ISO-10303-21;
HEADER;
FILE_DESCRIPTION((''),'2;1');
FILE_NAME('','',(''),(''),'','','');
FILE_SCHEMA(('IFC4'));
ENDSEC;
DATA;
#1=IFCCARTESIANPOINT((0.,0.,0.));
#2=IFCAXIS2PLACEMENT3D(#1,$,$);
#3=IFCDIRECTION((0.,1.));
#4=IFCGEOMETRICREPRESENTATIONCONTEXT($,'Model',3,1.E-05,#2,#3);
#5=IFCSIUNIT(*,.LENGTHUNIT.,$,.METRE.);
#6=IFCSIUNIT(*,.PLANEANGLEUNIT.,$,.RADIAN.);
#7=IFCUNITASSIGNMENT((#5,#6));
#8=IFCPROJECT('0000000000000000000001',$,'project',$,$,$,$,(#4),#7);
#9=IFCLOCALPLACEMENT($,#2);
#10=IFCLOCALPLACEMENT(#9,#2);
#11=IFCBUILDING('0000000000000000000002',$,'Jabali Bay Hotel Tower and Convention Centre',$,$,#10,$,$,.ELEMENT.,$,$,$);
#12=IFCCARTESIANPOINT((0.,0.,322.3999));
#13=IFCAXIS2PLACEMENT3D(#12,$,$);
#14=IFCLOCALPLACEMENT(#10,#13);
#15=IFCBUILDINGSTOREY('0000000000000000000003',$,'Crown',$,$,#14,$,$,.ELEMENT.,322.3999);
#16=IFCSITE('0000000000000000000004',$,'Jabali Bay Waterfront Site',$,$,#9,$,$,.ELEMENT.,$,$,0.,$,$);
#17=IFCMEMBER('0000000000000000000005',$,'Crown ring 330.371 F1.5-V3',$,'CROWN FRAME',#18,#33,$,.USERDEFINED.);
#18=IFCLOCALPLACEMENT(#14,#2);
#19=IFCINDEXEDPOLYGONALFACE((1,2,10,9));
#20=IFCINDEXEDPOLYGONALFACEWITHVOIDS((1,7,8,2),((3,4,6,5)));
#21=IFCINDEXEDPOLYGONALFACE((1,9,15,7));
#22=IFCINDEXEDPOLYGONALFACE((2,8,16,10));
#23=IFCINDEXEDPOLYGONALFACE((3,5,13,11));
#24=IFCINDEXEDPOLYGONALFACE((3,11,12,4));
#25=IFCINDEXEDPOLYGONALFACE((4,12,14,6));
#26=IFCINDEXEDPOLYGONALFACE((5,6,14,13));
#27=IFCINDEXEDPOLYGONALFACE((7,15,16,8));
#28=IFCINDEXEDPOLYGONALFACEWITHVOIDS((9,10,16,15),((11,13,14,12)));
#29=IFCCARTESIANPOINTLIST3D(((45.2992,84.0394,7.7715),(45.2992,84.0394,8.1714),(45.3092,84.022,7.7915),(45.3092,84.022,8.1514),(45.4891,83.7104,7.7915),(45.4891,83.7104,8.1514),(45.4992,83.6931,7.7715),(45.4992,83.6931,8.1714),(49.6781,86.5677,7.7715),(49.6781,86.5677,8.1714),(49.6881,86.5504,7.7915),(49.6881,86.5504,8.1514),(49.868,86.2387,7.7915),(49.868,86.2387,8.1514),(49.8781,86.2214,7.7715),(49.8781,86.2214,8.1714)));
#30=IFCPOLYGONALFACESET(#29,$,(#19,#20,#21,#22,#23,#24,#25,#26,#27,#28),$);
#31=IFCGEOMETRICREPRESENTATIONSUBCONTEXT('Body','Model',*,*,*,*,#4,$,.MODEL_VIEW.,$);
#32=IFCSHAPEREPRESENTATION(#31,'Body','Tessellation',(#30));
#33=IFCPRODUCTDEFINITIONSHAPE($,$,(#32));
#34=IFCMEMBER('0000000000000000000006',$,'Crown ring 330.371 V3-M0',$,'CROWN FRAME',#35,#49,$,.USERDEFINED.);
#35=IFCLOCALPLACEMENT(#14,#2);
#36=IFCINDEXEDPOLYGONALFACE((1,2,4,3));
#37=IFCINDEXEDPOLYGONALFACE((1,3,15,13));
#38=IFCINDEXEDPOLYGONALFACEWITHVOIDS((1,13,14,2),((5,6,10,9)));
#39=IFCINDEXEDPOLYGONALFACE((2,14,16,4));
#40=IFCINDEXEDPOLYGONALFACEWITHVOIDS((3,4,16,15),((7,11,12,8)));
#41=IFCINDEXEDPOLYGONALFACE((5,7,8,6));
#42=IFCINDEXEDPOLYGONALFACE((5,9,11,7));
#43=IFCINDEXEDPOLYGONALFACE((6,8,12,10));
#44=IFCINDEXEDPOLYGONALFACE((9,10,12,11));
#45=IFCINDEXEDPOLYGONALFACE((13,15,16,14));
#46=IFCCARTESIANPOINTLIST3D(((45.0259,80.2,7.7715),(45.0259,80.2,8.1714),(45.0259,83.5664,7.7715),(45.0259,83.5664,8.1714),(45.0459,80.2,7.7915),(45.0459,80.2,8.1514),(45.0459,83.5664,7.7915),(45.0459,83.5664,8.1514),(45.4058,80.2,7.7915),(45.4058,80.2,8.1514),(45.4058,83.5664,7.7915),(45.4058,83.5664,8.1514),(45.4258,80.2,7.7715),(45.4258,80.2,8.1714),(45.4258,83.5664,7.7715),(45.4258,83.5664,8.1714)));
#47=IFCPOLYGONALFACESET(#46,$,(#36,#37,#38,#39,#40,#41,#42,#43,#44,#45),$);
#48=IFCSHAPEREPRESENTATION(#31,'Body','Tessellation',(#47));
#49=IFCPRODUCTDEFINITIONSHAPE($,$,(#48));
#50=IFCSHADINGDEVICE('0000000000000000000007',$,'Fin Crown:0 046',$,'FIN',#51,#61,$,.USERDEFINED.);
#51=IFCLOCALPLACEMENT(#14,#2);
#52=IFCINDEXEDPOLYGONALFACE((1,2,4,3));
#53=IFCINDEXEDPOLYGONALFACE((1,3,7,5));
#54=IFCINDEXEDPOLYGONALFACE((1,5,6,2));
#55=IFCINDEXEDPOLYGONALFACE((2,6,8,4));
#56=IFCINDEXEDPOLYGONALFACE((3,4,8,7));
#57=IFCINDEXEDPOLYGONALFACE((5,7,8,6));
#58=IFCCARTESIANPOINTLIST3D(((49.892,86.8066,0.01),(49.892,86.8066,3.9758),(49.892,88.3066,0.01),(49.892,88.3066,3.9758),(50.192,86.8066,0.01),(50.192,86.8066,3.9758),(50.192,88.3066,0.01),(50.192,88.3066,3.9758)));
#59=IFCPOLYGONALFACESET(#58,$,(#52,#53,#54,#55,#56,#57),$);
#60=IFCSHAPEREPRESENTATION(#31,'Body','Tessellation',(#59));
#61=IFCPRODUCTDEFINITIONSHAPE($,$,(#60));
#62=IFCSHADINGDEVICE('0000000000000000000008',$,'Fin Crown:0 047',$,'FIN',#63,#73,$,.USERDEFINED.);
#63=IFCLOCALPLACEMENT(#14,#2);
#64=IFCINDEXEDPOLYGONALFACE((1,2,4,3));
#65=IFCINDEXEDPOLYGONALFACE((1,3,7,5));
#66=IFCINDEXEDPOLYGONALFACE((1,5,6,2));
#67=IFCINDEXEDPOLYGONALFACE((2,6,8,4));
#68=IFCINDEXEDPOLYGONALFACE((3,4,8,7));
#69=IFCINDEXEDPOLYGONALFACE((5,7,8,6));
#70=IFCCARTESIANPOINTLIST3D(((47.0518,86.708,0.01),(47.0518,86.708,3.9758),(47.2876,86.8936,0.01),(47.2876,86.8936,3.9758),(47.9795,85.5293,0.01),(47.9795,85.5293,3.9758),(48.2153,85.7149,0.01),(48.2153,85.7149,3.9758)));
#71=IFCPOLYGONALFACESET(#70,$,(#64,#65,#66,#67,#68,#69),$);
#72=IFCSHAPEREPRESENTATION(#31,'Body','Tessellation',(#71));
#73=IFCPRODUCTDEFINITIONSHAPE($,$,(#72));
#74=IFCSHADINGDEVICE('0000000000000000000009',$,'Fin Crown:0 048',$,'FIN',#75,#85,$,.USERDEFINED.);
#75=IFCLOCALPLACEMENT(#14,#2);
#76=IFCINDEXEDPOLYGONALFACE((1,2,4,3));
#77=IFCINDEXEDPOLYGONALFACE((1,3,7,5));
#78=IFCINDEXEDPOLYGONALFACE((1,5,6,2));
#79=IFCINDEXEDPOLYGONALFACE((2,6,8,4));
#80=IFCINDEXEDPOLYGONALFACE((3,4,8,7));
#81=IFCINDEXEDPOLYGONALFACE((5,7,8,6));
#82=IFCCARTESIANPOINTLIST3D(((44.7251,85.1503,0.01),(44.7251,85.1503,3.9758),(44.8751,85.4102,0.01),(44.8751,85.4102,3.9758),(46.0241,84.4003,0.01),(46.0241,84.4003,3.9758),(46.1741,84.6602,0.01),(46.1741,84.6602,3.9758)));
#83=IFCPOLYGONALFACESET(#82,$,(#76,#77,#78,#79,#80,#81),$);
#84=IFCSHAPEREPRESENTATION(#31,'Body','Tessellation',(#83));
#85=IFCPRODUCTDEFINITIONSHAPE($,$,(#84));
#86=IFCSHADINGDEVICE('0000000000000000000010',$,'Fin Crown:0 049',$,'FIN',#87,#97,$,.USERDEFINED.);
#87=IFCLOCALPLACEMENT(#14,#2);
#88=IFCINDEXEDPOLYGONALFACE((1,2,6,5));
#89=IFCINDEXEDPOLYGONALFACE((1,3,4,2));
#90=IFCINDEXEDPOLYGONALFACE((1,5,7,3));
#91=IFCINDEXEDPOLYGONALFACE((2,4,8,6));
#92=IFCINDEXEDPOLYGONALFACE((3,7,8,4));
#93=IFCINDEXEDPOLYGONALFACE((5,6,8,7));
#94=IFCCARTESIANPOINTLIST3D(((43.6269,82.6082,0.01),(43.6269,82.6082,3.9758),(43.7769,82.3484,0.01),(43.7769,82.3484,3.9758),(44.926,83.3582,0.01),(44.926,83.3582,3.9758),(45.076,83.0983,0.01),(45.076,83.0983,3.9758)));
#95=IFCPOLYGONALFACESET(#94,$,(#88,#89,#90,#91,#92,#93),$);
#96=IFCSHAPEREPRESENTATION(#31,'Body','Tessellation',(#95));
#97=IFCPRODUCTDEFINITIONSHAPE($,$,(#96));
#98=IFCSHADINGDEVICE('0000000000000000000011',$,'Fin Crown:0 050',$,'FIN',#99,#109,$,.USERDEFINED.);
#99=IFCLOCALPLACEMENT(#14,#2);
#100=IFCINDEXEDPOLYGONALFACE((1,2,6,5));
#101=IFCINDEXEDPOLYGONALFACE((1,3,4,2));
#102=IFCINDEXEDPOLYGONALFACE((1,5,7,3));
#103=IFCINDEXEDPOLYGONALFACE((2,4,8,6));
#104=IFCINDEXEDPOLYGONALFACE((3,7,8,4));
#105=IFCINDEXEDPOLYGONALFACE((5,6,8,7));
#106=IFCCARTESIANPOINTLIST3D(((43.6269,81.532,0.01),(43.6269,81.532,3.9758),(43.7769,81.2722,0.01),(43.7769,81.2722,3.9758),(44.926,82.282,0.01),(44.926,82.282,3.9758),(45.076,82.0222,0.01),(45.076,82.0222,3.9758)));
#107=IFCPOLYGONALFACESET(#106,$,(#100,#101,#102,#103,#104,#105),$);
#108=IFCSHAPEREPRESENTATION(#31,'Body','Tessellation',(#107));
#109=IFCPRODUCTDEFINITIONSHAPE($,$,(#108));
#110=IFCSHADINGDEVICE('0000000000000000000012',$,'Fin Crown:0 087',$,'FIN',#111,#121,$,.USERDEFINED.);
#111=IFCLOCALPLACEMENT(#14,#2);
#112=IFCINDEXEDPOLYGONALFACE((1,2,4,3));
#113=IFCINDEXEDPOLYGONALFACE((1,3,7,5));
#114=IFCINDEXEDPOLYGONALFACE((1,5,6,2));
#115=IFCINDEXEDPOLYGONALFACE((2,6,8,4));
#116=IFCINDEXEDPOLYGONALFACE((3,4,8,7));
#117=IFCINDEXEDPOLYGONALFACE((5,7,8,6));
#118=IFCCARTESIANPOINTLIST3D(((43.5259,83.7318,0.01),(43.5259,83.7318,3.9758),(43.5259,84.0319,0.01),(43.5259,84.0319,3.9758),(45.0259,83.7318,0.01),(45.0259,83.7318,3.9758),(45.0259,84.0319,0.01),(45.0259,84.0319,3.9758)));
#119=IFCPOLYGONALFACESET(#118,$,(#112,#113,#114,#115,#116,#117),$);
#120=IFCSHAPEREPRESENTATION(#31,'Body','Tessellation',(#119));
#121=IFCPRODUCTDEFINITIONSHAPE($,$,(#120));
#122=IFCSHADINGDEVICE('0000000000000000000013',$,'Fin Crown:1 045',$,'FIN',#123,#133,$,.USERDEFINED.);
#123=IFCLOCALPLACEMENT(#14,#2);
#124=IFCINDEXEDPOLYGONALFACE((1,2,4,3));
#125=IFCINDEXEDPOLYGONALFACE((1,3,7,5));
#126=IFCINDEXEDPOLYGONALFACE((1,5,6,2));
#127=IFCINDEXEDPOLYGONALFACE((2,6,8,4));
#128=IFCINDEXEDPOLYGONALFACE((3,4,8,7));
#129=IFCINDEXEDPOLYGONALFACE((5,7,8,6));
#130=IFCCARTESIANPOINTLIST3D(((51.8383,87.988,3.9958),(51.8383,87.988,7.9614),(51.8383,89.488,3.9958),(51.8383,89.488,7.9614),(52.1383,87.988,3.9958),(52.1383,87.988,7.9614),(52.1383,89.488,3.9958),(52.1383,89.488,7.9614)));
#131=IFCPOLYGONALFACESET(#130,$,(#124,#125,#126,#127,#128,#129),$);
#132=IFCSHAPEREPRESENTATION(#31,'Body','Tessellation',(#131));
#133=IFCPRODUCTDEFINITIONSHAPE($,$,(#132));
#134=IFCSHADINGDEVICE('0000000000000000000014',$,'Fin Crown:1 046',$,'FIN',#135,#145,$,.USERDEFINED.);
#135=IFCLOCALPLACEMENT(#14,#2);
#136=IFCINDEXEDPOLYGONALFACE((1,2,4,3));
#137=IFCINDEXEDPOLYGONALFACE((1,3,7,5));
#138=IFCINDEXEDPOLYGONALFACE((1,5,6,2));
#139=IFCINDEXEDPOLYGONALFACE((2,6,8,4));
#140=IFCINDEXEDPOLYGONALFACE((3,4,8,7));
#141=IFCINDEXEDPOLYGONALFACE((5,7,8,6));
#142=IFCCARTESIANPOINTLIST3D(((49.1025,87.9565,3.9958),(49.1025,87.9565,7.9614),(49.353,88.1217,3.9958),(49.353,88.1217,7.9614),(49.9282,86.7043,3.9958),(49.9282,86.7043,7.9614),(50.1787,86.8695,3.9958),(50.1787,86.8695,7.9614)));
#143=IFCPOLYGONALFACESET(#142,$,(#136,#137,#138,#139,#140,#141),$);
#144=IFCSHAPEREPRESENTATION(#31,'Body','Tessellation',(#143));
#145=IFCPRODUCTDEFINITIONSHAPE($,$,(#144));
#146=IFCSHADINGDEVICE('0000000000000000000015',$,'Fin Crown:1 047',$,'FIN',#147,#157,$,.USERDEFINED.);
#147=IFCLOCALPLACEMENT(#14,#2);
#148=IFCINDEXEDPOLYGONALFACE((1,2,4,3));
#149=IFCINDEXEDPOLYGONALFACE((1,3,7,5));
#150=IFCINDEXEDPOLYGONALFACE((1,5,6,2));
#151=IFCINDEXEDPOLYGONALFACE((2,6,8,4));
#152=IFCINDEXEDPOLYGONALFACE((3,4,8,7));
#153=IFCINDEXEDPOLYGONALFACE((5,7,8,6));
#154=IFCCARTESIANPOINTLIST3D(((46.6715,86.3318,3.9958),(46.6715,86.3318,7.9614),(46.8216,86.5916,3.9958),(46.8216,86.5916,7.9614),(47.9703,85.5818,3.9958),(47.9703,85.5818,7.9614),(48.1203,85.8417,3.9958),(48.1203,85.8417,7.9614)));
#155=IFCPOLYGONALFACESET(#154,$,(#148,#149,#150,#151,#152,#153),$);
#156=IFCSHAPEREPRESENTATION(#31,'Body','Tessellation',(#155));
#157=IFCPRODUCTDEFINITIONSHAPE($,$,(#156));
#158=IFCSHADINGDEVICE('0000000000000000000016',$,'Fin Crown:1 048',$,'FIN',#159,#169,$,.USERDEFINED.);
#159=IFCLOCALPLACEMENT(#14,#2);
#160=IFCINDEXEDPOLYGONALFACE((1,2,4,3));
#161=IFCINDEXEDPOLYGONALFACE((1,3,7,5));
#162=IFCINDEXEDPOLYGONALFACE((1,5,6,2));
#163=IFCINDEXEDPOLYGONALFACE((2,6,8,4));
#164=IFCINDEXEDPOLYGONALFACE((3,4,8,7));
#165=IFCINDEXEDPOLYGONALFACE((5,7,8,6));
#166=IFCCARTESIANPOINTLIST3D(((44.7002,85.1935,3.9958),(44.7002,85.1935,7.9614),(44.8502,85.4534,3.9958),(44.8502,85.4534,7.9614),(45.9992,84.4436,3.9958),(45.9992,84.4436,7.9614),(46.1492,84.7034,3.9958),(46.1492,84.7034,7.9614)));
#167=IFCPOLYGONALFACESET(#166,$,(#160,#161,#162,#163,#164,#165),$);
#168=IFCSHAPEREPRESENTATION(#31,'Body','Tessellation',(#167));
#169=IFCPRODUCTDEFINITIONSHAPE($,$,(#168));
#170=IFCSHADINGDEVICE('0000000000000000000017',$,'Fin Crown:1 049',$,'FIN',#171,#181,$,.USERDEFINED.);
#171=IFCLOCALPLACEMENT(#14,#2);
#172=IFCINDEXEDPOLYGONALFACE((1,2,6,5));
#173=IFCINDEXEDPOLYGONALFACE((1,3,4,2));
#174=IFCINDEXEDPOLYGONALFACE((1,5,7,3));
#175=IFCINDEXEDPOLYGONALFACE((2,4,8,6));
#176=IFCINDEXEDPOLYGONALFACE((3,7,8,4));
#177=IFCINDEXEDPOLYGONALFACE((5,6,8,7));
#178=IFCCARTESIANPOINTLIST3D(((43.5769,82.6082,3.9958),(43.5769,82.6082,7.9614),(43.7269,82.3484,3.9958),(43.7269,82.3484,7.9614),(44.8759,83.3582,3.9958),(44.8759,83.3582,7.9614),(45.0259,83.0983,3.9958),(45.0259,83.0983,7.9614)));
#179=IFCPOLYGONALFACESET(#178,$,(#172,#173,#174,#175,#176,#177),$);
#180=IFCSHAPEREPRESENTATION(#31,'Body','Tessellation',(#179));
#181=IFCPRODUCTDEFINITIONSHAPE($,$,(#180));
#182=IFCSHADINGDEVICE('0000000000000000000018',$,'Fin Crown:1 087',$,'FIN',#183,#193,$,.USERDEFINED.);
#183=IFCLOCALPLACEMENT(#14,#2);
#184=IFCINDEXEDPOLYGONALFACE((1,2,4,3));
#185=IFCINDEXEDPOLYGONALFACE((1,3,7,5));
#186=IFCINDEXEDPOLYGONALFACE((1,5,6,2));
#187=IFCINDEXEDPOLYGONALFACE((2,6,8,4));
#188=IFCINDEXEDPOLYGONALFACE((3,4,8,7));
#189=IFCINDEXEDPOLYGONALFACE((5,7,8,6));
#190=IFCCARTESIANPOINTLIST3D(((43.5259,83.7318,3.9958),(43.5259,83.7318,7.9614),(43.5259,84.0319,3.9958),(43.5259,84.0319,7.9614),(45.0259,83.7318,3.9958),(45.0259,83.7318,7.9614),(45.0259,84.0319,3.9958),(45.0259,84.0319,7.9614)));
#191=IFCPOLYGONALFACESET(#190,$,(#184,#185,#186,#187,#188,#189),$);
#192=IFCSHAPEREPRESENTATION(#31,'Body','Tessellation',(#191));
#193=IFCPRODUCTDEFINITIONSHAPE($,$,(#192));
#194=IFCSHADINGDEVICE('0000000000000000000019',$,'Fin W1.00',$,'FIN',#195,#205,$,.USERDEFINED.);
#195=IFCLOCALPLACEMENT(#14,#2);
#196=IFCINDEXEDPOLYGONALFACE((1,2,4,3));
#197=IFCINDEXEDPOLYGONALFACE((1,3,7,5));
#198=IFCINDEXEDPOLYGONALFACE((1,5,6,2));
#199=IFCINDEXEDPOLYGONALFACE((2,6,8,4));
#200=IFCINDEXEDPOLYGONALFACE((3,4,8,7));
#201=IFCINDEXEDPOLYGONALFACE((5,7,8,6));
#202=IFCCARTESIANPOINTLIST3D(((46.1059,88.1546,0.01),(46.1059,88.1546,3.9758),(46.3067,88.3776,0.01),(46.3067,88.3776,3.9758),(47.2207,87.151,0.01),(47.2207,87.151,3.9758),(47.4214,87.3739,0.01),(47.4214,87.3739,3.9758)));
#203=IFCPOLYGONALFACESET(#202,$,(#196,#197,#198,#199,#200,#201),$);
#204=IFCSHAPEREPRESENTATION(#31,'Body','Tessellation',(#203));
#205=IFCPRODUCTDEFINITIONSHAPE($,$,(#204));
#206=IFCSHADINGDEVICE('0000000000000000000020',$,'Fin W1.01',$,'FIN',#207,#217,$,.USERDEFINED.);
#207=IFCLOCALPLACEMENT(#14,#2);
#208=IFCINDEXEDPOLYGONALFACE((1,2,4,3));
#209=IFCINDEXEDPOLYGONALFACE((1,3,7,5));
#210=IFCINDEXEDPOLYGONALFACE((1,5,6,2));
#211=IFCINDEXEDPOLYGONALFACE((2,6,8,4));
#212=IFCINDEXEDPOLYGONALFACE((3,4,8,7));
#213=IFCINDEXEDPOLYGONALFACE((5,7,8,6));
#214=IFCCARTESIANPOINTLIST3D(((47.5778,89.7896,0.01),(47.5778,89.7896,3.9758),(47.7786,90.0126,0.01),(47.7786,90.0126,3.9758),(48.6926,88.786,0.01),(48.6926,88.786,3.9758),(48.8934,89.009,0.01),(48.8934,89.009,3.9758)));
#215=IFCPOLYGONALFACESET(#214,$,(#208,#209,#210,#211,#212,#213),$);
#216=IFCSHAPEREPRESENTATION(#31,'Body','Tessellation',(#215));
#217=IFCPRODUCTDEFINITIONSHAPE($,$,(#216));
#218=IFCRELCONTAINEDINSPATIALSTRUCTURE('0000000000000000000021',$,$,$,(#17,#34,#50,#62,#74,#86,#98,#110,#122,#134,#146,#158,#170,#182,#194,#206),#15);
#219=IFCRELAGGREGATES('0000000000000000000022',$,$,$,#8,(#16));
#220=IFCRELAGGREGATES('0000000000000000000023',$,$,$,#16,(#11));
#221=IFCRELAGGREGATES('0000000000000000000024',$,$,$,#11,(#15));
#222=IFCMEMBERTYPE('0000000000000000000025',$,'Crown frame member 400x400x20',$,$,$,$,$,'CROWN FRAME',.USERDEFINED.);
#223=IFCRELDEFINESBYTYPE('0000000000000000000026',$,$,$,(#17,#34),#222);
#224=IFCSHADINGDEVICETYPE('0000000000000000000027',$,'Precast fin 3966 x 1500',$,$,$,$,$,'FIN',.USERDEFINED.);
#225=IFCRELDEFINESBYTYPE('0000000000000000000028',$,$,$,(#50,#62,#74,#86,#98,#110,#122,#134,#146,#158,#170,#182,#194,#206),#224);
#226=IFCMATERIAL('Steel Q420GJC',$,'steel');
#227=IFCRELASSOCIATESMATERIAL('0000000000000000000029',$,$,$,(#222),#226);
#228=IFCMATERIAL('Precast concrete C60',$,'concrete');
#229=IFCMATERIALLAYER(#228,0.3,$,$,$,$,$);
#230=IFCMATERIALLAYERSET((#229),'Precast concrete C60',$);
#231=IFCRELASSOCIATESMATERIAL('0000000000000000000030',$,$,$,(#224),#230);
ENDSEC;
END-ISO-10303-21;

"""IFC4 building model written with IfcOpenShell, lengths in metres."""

from ifc_helpers import new_model, si_unit, direction, frame, frame_2d, origin, origin_2d, place, context, subcontext, project, spatial, rectangle, hollow_rectangle, extrude, material, layer, layer_set, material_profile, profile_set, type_object, element, save


model = new_model("IFC4")

# Units and contexts
model_context = context("Model", 3, precision=1e-05, world=origin(), true_north=direction((0.0, 1.0)))
body_context = subcontext(model_context, "Body", "Model", "MODEL_VIEW")
ifc_project = project(units=[si_unit("LENGTHUNIT", "METRE"), si_unit("PLANEANGLEUNIT", "RADIAN")], contexts=[model_context])

# Site, building, storey
site_placement = place(None, origin())
site = spatial("IfcSite", under=ifc_project, at=site_placement, Name="Jabali Bay Waterfront Site", CompositionType="ELEMENT", RefElevation=0.0)
building_placement = place(site_placement, origin())
building = spatial("IfcBuilding", under=site, at=building_placement, Name="Jabali Bay Hotel Tower and Convention Centre", CompositionType="ELEMENT")
storey_placement = place(building_placement, frame((0.0, 0.0, 322.3999)))
storey = spatial("IfcBuildingStorey", under=building, at=storey_placement, Name="Crown", CompositionType="ELEMENT", Elevation=322.3999)

# Members
ifc_material_1 = material(Name="Steel Q420GJC", Category="steel")
ifc_material_profile_1 = material_profile(ifc_material_1, hollow_rectangle(XDim=0.3999, YDim=0.3999, WallThickness=0.02, at=origin_2d()), Name="Crown frame member 400x400x20")
ifc_profile_set_1 = profile_set([ifc_material_profile_1], Name="Steel Q420GJC")
member_type_1 = type_object("IfcMemberType", Name="Crown frame member 400x400x20", ElementType="CROWN FRAME", PredefinedType="USERDEFINED", material=ifc_profile_set_1)
member_1_placement = place(storey_placement, frame((49.7781, 86.3945, 7.9714), z_axis=(-0.866012, -0.500023, 0.0), x_axis=(0.500023, -0.866012, 0.0)))
element("IfcMember", 1, at=member_1_placement, inside=storey, type_object=member_type_1, Name="Crown ring 330.371 F1.5-V3", ObjectType="CROWN FRAME", PredefinedType="USERDEFINED", context=body_context, shape_type="SweptSolid", body=[
    extrude(hollow_rectangle(XDim=0.3999, YDim=0.3999, WallThickness=0.02, at=origin_2d()), origin(), (0.0, 0.0, 1.0), 5.0564),
])
member_2_placement = place(storey_placement, frame((45.2258, 83.5664, 7.9714), z_axis=(0.0, -1.0, 0.0), x_axis=(1.0, 0.0, 0.0)))
element("IfcMember", 2, at=member_2_placement, inside=storey, type_object=member_type_1, Name="Crown ring 330.371 V3-M0", ObjectType="CROWN FRAME", PredefinedType="USERDEFINED", context=body_context, shape_type="SweptSolid", body=[
    extrude(hollow_rectangle(XDim=0.3999, YDim=0.3999, WallThickness=0.02, at=origin_2d()), origin(), (0.0, 0.0, 1.0), 3.3665),
])

# Shading devices
ifc_material_2 = material(Name="Precast concrete C60", Category="concrete")
ifc_layer = layer(ifc_material_2, 0.3)
ifc_layer_set = layer_set([ifc_layer], Name="Precast concrete C60")
shading_device_type = type_object("IfcShadingDeviceType", Name="Precast fin 3966 x 1500", ElementType="FIN", PredefinedType="USERDEFINED", material=ifc_layer_set)
for number, where, z_axis, x_axis, name in (
    (3, (50.042, 86.8066, 0.01), (0.0, 0.0, 1.0), (0.0, 1.0, 0.0), "Fin Crown:0 046"),
    (4, (48.0974, 85.6221, 0.01), (0.0, 0.0, 1.0), (-0.618483, 0.785798, 0.0), "Fin Crown:0 047"),
    (5, (46.0991, 84.5303, 0.01), (0.0, 0.0, 1.0), (-0.866031, 0.49999, 0.0), "Fin Crown:0 048"),
    (6, (45.001, 83.2283, 0.01), (0.0, 0.0, 1.0), (-0.866031, -0.49999, 0.0), "Fin Crown:0 049"),
    (7, (45.001, 82.1521, 0.01), (0.0, 0.0, 1.0), (-0.866031, -0.49999, 0.0), "Fin Crown:0 050"),
    (8, (45.0259, 83.8818, 0.01), (0.0, 0.0, 1.0), (-1.0, 0.0, 0.0), "Fin Crown:0 087"),
):
    element("IfcShadingDevice", number, at=place(storey_placement, frame(where, z_axis=z_axis, x_axis=x_axis)), inside=storey, type_object=shading_device_type, Name=name, ObjectType="FIN", PredefinedType="USERDEFINED", context=body_context, shape_type="SweptSolid", body=[
        extrude(rectangle(XDim=1.5, YDim=0.3, at=frame_2d((0.75, 0.0))), origin(), (0.0, 0.0, 1.0), 3.9658),
    ])
for number, where, z_axis, x_axis, name in (
    (9, (51.9883, 87.988, 3.9958), (0.0, 0.0, 1.0), (0.0, 1.0, 0.0), "Fin Crown:1 045"),
    (10, (50.0535, 86.7869, 3.9958), (0.0, 0.0, 1.0), (-0.550486, 0.834844, 0.0), "Fin Crown:1 046"),
):
    element("IfcShadingDevice", number, at=place(storey_placement, frame(where, z_axis=z_axis, x_axis=x_axis)), inside=storey, type_object=shading_device_type, Name=name, ObjectType="FIN", PredefinedType="USERDEFINED", context=body_context, shape_type="SweptSolid", body=[
        extrude(rectangle(XDim=1.5, YDim=0.3, at=frame_2d((0.75, 0.0))), origin(), (0.0, 0.0, 1.0), 3.9656),
    ])
shading_device_placement = place(storey_placement, frame((48.0454, 85.7117, 3.9958), z_axis=(0.0, 0.0, 1.0), x_axis=(-0.86599, 0.500061, 0.0)))
element("IfcShadingDevice", 11, at=shading_device_placement, inside=storey, type_object=shading_device_type, Name="Fin Crown:1 047", ObjectType="FIN", PredefinedType="USERDEFINED", context=body_context, shape_type="SweptSolid", body=[
    extrude(rectangle(XDim=1.4998, YDim=0.3, at=frame_2d((0.75, 0.0))), origin(), (0.0, 0.0, 1.0), 3.9656),
])
for number, where, z_axis, x_axis, name in (
    (12, (46.0742, 84.5735, 3.9958), (0.0, 0.0, 1.0), (-0.866031, 0.49999, 0.0), "Fin Crown:1 048"),
    (13, (44.9509, 83.2283, 3.9958), (0.0, 0.0, 1.0), (-0.866031, -0.49999, 0.0), "Fin Crown:1 049"),
    (14, (45.0259, 83.8818, 3.9958), (0.0, 0.0, 1.0), (-1.0, 0.0, 0.0), "Fin Crown:1 087"),
):
    element("IfcShadingDevice", number, at=place(storey_placement, frame(where, z_axis=z_axis, x_axis=x_axis)), inside=storey, type_object=shading_device_type, Name=name, ObjectType="FIN", PredefinedType="USERDEFINED", context=body_context, shape_type="SweptSolid", body=[
        extrude(rectangle(XDim=1.5, YDim=0.3, at=frame_2d((0.75, 0.0))), origin(), (0.0, 0.0, 1.0), 3.9656),
    ])
for number, where, z_axis, x_axis, name in (
    (15, (47.321, 87.2625, 0.01), (0.0, 0.0, 1.0), (-0.743165, 0.669109, 0.0), "Fin W1.00"),
    (16, (48.793, 88.8975, 0.01), (0.0, 0.0, 1.0), (-0.743165, 0.669109, 0.0), "Fin W1.01"),
):
    element("IfcShadingDevice", number, at=place(storey_placement, frame(where, z_axis=z_axis, x_axis=x_axis)), inside=storey, type_object=shading_device_type, Name=name, ObjectType="FIN", PredefinedType="USERDEFINED", context=body_context, shape_type="SweptSolid", body=[
        extrude(rectangle(XDim=1.5, YDim=0.3, at=frame_2d((0.75, 0.0))), origin(), (0.0, 0.0, 1.0), 3.9658),
    ])

save(model, "model.ifc")
